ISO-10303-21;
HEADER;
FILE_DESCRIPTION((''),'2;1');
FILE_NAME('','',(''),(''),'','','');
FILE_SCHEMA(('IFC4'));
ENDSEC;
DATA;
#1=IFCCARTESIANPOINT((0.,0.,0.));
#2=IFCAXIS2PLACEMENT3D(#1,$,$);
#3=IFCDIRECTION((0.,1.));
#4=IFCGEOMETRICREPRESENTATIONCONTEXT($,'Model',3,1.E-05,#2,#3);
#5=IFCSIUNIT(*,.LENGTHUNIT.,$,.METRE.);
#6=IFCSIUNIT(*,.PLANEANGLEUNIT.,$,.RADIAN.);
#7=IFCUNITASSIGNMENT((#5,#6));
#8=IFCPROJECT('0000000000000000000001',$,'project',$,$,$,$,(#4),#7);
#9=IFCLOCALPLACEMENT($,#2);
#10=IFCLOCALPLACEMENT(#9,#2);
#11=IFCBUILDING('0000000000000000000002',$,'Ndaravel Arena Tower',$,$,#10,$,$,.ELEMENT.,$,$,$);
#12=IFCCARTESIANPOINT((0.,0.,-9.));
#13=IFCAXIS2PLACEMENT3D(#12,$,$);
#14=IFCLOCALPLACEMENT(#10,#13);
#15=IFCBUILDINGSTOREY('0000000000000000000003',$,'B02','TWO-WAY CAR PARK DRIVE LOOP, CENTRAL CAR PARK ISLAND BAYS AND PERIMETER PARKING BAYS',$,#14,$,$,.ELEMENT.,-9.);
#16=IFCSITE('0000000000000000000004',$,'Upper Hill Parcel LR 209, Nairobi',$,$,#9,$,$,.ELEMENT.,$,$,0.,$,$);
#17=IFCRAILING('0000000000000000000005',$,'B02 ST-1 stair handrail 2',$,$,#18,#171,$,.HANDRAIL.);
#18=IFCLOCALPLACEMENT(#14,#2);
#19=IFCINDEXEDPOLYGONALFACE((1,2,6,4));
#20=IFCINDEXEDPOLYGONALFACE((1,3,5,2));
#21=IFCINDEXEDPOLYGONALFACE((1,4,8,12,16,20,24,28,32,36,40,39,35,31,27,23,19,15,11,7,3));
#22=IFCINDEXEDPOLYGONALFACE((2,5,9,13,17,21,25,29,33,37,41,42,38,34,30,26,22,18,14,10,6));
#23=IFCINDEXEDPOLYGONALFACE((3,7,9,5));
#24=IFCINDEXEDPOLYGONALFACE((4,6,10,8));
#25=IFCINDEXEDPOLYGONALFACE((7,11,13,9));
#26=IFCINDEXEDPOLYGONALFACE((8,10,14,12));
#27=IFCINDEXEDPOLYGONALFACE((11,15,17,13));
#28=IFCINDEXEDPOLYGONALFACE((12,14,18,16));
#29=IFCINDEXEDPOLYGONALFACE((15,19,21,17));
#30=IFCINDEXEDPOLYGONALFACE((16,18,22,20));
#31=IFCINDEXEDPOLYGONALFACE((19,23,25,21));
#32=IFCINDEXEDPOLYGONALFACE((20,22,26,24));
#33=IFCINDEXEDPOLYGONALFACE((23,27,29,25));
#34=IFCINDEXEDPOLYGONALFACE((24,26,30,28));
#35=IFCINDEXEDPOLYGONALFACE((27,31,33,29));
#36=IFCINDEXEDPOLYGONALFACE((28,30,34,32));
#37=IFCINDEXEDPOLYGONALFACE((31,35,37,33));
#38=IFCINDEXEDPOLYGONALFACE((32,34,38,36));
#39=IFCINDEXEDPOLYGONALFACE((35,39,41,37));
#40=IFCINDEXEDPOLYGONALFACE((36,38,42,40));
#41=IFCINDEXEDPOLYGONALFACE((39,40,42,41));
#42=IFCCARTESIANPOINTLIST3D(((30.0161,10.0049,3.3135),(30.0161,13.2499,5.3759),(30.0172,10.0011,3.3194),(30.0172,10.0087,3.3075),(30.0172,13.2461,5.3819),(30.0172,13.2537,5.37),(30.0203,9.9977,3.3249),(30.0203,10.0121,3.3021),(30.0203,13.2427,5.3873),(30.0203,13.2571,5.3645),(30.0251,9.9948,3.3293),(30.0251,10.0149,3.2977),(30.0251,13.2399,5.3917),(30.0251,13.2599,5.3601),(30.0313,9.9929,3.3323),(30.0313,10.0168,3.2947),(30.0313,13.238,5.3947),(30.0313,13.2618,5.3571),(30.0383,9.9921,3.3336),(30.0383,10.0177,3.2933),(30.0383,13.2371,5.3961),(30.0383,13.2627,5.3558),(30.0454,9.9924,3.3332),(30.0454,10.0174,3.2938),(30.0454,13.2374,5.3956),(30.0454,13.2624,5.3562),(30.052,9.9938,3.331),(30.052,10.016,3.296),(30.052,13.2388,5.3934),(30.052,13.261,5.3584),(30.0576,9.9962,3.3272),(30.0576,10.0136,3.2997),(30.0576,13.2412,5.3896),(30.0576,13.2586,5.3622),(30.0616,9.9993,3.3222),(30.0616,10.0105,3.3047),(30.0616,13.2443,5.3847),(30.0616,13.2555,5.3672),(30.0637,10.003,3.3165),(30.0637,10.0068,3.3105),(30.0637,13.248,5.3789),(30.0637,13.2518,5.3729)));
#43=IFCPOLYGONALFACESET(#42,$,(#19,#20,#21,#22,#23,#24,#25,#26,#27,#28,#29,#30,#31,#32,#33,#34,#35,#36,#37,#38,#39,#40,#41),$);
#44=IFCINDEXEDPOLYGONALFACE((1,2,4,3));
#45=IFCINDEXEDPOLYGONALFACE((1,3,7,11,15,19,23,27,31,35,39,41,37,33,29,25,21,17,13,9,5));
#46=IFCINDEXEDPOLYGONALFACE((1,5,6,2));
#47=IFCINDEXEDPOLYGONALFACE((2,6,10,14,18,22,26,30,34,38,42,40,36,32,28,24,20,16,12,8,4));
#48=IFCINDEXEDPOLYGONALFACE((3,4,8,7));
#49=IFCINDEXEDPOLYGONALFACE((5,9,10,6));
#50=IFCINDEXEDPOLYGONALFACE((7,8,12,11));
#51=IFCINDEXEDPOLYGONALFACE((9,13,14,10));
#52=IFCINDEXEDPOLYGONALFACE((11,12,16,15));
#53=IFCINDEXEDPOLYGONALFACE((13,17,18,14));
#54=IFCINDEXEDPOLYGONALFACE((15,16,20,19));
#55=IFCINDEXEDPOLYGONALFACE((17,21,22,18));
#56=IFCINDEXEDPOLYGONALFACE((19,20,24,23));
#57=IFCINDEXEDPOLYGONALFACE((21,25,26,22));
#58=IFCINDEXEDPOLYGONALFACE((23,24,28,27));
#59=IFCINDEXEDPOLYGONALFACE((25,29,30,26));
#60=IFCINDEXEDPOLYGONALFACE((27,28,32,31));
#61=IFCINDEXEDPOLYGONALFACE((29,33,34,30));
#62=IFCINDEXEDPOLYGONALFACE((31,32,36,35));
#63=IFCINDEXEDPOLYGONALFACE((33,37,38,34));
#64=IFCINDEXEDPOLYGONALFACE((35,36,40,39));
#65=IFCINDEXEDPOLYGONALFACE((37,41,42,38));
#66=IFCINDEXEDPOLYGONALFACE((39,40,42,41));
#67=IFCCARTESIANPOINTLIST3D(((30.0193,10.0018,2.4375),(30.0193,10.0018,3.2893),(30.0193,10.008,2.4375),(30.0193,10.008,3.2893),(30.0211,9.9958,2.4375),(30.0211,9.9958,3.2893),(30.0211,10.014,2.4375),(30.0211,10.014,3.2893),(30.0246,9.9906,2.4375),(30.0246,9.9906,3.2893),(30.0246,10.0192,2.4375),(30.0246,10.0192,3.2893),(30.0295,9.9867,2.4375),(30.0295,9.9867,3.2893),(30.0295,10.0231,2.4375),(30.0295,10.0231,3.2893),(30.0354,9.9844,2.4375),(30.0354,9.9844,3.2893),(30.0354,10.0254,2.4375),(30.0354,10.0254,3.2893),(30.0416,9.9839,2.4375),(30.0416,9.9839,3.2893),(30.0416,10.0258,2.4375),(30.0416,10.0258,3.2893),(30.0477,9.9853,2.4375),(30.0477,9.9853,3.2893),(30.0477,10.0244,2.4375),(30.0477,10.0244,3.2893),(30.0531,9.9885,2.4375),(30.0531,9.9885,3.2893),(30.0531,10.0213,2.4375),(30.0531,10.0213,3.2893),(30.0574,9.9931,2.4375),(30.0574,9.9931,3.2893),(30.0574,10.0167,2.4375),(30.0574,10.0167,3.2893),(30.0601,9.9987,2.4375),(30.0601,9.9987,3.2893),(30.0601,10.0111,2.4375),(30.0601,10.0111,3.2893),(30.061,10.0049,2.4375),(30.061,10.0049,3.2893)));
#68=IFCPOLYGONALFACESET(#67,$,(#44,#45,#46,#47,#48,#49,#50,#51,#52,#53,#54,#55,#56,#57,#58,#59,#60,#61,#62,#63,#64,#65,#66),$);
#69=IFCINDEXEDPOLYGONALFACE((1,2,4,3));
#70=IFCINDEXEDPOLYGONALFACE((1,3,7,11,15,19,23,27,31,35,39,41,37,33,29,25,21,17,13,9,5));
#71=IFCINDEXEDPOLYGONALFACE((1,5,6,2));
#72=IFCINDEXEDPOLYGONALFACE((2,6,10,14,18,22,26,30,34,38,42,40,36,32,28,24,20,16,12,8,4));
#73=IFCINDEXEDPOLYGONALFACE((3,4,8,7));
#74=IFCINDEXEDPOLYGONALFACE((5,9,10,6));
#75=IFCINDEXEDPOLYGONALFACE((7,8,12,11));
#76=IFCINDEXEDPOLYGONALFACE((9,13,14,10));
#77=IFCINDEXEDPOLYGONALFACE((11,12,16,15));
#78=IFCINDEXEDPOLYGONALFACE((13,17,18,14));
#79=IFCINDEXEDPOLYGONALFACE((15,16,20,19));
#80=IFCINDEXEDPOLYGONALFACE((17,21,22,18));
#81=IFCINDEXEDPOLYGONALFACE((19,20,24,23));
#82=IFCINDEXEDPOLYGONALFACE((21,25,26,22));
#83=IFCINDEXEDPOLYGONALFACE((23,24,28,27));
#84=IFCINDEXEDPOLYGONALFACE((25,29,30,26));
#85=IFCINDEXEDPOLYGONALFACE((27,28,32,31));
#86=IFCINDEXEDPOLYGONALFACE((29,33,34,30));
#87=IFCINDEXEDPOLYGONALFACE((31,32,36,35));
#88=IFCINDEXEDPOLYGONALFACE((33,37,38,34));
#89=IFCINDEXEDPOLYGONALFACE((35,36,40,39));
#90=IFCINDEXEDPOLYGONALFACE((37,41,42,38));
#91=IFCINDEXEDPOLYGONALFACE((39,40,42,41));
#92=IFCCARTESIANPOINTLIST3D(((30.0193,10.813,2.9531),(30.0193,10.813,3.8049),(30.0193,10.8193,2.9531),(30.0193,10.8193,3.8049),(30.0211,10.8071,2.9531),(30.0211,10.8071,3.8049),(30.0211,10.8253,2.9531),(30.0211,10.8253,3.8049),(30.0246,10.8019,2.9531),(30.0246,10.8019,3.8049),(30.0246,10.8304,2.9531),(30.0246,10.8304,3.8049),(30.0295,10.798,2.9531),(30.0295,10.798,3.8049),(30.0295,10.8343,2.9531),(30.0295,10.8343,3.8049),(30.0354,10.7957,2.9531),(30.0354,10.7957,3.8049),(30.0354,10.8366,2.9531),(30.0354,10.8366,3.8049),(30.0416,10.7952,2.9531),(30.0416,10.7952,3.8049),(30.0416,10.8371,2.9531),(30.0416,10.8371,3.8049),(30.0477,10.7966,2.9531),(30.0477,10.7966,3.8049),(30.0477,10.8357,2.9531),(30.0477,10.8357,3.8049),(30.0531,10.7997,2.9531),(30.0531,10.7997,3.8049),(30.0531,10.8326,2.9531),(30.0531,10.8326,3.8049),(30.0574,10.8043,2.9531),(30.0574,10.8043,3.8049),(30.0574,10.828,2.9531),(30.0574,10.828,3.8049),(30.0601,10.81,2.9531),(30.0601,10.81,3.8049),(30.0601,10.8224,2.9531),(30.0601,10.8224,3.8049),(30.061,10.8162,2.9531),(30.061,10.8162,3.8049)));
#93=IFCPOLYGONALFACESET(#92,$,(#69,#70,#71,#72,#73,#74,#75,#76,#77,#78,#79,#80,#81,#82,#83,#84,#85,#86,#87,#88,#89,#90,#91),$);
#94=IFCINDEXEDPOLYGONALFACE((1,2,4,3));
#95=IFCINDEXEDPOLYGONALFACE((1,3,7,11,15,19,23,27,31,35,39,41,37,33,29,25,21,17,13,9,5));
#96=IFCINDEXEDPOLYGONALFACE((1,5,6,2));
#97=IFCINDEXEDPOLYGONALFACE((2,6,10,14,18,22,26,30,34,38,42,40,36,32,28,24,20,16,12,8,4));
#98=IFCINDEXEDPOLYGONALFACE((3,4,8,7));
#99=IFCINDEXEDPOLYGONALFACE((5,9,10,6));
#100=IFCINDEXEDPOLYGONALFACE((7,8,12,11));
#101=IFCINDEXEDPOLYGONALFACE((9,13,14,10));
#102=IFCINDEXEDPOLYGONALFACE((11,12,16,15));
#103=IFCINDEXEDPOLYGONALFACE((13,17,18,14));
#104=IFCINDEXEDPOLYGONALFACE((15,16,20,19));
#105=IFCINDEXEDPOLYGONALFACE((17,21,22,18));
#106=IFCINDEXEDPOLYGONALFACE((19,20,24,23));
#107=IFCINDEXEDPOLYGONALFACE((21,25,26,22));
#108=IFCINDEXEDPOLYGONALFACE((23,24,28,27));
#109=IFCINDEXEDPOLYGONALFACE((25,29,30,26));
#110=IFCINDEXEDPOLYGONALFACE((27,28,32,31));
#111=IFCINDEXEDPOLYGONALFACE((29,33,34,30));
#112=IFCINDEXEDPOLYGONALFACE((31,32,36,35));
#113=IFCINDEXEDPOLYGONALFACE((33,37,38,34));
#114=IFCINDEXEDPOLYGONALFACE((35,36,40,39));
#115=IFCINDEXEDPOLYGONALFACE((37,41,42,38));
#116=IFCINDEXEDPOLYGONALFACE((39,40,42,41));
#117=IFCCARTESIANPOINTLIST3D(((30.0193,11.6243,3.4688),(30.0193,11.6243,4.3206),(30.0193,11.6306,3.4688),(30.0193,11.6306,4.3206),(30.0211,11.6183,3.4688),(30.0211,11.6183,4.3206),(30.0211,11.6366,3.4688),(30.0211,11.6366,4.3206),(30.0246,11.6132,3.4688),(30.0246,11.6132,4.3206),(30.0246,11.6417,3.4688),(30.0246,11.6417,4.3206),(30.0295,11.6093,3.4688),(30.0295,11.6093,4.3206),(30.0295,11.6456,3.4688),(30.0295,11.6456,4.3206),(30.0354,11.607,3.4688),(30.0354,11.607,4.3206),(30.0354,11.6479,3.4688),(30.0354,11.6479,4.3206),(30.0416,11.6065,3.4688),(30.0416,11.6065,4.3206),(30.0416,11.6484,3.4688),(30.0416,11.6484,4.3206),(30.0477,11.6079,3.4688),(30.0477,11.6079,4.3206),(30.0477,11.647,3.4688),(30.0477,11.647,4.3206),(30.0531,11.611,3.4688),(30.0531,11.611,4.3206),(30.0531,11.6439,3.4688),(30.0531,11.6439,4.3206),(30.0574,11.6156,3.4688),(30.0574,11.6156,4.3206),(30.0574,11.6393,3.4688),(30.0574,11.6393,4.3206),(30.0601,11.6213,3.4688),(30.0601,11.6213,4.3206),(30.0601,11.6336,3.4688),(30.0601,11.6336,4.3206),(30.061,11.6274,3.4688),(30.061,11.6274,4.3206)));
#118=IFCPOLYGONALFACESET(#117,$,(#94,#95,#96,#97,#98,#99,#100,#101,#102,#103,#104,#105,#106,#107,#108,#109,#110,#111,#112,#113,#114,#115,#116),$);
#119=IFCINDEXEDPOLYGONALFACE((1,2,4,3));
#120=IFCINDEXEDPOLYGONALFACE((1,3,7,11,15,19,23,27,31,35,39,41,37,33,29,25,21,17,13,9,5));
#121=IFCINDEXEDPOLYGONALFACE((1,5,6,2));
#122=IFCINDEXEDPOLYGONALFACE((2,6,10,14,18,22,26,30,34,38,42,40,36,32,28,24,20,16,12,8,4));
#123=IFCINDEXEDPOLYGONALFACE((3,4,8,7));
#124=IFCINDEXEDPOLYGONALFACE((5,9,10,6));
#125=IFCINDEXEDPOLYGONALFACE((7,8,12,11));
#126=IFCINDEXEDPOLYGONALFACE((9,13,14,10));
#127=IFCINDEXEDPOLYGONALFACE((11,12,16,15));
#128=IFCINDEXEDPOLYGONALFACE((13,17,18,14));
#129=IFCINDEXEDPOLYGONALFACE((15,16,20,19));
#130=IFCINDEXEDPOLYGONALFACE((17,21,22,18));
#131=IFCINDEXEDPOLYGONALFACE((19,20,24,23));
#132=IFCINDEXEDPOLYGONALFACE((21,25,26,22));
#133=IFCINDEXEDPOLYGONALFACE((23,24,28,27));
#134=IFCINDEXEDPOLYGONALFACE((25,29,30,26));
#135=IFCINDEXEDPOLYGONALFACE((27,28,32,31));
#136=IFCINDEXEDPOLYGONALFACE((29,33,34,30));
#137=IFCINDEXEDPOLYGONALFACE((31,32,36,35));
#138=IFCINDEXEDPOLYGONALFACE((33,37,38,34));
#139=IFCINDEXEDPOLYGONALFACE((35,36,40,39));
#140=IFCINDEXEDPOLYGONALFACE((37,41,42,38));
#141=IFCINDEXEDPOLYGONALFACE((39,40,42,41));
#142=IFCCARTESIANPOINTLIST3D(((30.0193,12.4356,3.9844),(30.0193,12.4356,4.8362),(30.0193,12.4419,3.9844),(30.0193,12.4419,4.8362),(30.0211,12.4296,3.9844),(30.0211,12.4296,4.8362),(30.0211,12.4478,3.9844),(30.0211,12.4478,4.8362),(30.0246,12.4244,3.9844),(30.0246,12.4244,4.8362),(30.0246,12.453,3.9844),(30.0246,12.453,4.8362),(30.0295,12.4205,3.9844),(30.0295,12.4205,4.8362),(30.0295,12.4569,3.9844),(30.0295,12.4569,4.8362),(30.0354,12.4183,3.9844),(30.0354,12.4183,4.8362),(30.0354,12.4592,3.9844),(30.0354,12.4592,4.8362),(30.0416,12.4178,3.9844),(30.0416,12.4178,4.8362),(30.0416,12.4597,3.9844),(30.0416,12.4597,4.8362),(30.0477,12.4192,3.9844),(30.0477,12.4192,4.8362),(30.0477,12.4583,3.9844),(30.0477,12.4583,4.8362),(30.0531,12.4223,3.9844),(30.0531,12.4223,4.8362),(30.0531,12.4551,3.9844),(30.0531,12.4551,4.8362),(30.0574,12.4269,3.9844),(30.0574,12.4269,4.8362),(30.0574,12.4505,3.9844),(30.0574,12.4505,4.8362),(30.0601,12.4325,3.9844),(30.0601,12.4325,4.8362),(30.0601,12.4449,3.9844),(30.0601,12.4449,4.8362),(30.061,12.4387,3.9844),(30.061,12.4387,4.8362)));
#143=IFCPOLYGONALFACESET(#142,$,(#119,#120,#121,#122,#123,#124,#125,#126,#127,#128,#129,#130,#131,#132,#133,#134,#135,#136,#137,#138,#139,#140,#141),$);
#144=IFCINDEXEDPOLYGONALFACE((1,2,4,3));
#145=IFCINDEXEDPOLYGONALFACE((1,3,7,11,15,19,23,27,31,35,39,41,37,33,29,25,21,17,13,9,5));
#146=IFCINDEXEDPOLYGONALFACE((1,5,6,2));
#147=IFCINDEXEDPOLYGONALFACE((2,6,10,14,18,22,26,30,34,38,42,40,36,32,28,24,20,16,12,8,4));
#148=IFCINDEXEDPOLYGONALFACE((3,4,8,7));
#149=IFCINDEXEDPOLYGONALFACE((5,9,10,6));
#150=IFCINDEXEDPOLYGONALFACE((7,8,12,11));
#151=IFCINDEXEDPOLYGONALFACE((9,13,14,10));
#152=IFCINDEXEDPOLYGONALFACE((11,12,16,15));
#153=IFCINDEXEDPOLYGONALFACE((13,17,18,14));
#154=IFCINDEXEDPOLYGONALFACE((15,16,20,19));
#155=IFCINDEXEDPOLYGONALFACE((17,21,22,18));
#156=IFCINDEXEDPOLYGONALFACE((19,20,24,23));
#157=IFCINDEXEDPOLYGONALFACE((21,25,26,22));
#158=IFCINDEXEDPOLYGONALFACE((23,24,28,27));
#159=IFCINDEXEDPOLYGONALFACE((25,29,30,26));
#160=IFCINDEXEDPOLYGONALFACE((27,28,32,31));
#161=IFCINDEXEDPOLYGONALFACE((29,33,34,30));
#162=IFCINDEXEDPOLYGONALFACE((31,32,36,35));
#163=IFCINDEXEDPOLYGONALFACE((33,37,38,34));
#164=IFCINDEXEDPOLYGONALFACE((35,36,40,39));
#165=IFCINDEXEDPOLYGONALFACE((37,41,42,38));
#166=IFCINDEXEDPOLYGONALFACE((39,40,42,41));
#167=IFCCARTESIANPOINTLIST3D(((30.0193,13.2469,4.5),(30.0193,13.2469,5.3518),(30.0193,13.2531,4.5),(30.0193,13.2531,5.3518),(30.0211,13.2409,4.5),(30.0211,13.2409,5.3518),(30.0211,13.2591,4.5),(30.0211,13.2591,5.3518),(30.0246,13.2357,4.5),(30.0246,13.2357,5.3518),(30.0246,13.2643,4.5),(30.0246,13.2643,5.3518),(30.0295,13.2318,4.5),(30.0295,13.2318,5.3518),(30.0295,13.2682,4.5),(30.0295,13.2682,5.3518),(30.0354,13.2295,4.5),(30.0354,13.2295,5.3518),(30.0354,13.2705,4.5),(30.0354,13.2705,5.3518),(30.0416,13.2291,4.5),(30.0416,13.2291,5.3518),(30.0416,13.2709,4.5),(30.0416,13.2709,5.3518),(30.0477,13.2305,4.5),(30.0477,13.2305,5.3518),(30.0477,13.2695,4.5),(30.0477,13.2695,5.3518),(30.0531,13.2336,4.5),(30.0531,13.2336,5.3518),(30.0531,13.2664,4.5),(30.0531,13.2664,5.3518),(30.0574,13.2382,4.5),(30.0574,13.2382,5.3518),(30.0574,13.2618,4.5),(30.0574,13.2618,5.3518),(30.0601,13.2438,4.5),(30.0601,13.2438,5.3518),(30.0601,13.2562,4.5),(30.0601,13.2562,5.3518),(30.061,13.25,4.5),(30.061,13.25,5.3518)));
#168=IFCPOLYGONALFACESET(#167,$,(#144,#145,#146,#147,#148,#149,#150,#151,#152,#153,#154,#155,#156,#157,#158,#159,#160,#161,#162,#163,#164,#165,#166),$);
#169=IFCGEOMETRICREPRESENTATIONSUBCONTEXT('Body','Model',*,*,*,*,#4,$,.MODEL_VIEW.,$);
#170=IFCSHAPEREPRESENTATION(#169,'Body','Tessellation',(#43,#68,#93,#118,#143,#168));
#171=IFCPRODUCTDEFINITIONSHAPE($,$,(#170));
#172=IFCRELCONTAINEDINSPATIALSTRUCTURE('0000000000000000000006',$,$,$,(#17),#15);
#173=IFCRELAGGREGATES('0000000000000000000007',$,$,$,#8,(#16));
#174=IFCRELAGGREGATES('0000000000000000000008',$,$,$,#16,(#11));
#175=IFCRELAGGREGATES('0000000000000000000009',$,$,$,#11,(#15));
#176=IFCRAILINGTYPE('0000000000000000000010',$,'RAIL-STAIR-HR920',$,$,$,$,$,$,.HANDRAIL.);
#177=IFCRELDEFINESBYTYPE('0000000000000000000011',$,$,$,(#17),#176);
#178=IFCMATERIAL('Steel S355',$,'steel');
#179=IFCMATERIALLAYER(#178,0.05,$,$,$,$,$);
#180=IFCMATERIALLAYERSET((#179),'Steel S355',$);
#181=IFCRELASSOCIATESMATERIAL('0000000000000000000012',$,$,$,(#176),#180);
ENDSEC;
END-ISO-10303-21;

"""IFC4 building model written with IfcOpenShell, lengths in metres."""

from ifc_helpers import new_model, si_unit, direction, frame, origin, origin_2d, place, context, subcontext, project, spatial, circle, extrude, material, layer, layer_set, type_object, element, save


model = new_model("IFC4")

# Units and contexts
model_context = context("Model", 3, precision=1e-05, world=origin(), true_north=direction((0.0, 1.0)))
body_context = subcontext(model_context, "Body", "Model", "MODEL_VIEW")
ifc_project = project(units=[si_unit("LENGTHUNIT", "METRE"), si_unit("PLANEANGLEUNIT", "RADIAN")], contexts=[model_context])

# Site, building, storey
site_placement = place(None, origin())
site = spatial("IfcSite", under=ifc_project, at=site_placement, Name="Upper Hill Parcel LR 209, Nairobi", CompositionType="ELEMENT", RefElevation=0.0)
building_placement = place(site_placement, origin())
building = spatial("IfcBuilding", under=site, at=building_placement, Name="Ndaravel Arena Tower", CompositionType="ELEMENT")
storey_placement = place(building_placement, frame((0.0, 0.0, -9.0)))
storey = spatial("IfcBuildingStorey", under=building, at=storey_placement, Name="B02", Description="TWO-WAY CAR PARK DRIVE LOOP, CENTRAL CAR PARK ISLAND BAYS AND PERIMETER PARKING BAYS", CompositionType="ELEMENT", Elevation=-9.0)

# Railing
ifc_material_1 = material(Name="Steel S355", Category="steel")
ifc_layer_1 = layer(ifc_material_1, 0.05)
ifc_layer_set_1 = layer_set([ifc_layer_1], Name="Steel S355")
railing_type_1 = type_object("IfcRailingType", Name="RAIL-STAIR-HR920", PredefinedType="HANDRAIL", material=ifc_layer_set_1)
railing_1_placement = place(storey_placement, frame((30.04, 10.0049, 2.4375)))
element("IfcRailing", 1, at=railing_1_placement, inside=storey, type_object=railing_type_1, Name="B02 ST-1 stair handrail 2", PredefinedType="HANDRAIL", context=body_context, shape_type="SweptSolid", body=[
    extrude(circle(Radius=0.0239, at=origin_2d()), frame((0.0, 0.0, 0.876), z_axis=(0.0, 0.843965, 0.536399), x_axis=(-1.0, 0.0, 0.0)), (0.0, 0.0, 1.0), 3.845),
    extrude(circle(Radius=0.021, at=origin_2d()), origin(), (0.0, 0.0, 1.0), 0.8518),
    extrude(circle(Radius=0.021, at=origin_2d()), frame((0.0, 0.8113, 0.5156)), (0.0, 0.0, 1.0), 0.8518),
    extrude(circle(Radius=0.021, at=origin_2d()), frame((0.0, 1.6226, 1.0312)), (0.0, 0.0, 1.0), 0.8518),
    extrude(circle(Radius=0.021, at=origin_2d()), frame((0.0, 2.4338, 1.5469)), (0.0, 0.0, 1.0), 0.8518),
    extrude(circle(Radius=0.021, at=origin_2d()), frame((0.0, 3.2451, 2.0625)), (0.0, 0.0, 1.0), 0.8518),
])

save(model, "model.ifc")
